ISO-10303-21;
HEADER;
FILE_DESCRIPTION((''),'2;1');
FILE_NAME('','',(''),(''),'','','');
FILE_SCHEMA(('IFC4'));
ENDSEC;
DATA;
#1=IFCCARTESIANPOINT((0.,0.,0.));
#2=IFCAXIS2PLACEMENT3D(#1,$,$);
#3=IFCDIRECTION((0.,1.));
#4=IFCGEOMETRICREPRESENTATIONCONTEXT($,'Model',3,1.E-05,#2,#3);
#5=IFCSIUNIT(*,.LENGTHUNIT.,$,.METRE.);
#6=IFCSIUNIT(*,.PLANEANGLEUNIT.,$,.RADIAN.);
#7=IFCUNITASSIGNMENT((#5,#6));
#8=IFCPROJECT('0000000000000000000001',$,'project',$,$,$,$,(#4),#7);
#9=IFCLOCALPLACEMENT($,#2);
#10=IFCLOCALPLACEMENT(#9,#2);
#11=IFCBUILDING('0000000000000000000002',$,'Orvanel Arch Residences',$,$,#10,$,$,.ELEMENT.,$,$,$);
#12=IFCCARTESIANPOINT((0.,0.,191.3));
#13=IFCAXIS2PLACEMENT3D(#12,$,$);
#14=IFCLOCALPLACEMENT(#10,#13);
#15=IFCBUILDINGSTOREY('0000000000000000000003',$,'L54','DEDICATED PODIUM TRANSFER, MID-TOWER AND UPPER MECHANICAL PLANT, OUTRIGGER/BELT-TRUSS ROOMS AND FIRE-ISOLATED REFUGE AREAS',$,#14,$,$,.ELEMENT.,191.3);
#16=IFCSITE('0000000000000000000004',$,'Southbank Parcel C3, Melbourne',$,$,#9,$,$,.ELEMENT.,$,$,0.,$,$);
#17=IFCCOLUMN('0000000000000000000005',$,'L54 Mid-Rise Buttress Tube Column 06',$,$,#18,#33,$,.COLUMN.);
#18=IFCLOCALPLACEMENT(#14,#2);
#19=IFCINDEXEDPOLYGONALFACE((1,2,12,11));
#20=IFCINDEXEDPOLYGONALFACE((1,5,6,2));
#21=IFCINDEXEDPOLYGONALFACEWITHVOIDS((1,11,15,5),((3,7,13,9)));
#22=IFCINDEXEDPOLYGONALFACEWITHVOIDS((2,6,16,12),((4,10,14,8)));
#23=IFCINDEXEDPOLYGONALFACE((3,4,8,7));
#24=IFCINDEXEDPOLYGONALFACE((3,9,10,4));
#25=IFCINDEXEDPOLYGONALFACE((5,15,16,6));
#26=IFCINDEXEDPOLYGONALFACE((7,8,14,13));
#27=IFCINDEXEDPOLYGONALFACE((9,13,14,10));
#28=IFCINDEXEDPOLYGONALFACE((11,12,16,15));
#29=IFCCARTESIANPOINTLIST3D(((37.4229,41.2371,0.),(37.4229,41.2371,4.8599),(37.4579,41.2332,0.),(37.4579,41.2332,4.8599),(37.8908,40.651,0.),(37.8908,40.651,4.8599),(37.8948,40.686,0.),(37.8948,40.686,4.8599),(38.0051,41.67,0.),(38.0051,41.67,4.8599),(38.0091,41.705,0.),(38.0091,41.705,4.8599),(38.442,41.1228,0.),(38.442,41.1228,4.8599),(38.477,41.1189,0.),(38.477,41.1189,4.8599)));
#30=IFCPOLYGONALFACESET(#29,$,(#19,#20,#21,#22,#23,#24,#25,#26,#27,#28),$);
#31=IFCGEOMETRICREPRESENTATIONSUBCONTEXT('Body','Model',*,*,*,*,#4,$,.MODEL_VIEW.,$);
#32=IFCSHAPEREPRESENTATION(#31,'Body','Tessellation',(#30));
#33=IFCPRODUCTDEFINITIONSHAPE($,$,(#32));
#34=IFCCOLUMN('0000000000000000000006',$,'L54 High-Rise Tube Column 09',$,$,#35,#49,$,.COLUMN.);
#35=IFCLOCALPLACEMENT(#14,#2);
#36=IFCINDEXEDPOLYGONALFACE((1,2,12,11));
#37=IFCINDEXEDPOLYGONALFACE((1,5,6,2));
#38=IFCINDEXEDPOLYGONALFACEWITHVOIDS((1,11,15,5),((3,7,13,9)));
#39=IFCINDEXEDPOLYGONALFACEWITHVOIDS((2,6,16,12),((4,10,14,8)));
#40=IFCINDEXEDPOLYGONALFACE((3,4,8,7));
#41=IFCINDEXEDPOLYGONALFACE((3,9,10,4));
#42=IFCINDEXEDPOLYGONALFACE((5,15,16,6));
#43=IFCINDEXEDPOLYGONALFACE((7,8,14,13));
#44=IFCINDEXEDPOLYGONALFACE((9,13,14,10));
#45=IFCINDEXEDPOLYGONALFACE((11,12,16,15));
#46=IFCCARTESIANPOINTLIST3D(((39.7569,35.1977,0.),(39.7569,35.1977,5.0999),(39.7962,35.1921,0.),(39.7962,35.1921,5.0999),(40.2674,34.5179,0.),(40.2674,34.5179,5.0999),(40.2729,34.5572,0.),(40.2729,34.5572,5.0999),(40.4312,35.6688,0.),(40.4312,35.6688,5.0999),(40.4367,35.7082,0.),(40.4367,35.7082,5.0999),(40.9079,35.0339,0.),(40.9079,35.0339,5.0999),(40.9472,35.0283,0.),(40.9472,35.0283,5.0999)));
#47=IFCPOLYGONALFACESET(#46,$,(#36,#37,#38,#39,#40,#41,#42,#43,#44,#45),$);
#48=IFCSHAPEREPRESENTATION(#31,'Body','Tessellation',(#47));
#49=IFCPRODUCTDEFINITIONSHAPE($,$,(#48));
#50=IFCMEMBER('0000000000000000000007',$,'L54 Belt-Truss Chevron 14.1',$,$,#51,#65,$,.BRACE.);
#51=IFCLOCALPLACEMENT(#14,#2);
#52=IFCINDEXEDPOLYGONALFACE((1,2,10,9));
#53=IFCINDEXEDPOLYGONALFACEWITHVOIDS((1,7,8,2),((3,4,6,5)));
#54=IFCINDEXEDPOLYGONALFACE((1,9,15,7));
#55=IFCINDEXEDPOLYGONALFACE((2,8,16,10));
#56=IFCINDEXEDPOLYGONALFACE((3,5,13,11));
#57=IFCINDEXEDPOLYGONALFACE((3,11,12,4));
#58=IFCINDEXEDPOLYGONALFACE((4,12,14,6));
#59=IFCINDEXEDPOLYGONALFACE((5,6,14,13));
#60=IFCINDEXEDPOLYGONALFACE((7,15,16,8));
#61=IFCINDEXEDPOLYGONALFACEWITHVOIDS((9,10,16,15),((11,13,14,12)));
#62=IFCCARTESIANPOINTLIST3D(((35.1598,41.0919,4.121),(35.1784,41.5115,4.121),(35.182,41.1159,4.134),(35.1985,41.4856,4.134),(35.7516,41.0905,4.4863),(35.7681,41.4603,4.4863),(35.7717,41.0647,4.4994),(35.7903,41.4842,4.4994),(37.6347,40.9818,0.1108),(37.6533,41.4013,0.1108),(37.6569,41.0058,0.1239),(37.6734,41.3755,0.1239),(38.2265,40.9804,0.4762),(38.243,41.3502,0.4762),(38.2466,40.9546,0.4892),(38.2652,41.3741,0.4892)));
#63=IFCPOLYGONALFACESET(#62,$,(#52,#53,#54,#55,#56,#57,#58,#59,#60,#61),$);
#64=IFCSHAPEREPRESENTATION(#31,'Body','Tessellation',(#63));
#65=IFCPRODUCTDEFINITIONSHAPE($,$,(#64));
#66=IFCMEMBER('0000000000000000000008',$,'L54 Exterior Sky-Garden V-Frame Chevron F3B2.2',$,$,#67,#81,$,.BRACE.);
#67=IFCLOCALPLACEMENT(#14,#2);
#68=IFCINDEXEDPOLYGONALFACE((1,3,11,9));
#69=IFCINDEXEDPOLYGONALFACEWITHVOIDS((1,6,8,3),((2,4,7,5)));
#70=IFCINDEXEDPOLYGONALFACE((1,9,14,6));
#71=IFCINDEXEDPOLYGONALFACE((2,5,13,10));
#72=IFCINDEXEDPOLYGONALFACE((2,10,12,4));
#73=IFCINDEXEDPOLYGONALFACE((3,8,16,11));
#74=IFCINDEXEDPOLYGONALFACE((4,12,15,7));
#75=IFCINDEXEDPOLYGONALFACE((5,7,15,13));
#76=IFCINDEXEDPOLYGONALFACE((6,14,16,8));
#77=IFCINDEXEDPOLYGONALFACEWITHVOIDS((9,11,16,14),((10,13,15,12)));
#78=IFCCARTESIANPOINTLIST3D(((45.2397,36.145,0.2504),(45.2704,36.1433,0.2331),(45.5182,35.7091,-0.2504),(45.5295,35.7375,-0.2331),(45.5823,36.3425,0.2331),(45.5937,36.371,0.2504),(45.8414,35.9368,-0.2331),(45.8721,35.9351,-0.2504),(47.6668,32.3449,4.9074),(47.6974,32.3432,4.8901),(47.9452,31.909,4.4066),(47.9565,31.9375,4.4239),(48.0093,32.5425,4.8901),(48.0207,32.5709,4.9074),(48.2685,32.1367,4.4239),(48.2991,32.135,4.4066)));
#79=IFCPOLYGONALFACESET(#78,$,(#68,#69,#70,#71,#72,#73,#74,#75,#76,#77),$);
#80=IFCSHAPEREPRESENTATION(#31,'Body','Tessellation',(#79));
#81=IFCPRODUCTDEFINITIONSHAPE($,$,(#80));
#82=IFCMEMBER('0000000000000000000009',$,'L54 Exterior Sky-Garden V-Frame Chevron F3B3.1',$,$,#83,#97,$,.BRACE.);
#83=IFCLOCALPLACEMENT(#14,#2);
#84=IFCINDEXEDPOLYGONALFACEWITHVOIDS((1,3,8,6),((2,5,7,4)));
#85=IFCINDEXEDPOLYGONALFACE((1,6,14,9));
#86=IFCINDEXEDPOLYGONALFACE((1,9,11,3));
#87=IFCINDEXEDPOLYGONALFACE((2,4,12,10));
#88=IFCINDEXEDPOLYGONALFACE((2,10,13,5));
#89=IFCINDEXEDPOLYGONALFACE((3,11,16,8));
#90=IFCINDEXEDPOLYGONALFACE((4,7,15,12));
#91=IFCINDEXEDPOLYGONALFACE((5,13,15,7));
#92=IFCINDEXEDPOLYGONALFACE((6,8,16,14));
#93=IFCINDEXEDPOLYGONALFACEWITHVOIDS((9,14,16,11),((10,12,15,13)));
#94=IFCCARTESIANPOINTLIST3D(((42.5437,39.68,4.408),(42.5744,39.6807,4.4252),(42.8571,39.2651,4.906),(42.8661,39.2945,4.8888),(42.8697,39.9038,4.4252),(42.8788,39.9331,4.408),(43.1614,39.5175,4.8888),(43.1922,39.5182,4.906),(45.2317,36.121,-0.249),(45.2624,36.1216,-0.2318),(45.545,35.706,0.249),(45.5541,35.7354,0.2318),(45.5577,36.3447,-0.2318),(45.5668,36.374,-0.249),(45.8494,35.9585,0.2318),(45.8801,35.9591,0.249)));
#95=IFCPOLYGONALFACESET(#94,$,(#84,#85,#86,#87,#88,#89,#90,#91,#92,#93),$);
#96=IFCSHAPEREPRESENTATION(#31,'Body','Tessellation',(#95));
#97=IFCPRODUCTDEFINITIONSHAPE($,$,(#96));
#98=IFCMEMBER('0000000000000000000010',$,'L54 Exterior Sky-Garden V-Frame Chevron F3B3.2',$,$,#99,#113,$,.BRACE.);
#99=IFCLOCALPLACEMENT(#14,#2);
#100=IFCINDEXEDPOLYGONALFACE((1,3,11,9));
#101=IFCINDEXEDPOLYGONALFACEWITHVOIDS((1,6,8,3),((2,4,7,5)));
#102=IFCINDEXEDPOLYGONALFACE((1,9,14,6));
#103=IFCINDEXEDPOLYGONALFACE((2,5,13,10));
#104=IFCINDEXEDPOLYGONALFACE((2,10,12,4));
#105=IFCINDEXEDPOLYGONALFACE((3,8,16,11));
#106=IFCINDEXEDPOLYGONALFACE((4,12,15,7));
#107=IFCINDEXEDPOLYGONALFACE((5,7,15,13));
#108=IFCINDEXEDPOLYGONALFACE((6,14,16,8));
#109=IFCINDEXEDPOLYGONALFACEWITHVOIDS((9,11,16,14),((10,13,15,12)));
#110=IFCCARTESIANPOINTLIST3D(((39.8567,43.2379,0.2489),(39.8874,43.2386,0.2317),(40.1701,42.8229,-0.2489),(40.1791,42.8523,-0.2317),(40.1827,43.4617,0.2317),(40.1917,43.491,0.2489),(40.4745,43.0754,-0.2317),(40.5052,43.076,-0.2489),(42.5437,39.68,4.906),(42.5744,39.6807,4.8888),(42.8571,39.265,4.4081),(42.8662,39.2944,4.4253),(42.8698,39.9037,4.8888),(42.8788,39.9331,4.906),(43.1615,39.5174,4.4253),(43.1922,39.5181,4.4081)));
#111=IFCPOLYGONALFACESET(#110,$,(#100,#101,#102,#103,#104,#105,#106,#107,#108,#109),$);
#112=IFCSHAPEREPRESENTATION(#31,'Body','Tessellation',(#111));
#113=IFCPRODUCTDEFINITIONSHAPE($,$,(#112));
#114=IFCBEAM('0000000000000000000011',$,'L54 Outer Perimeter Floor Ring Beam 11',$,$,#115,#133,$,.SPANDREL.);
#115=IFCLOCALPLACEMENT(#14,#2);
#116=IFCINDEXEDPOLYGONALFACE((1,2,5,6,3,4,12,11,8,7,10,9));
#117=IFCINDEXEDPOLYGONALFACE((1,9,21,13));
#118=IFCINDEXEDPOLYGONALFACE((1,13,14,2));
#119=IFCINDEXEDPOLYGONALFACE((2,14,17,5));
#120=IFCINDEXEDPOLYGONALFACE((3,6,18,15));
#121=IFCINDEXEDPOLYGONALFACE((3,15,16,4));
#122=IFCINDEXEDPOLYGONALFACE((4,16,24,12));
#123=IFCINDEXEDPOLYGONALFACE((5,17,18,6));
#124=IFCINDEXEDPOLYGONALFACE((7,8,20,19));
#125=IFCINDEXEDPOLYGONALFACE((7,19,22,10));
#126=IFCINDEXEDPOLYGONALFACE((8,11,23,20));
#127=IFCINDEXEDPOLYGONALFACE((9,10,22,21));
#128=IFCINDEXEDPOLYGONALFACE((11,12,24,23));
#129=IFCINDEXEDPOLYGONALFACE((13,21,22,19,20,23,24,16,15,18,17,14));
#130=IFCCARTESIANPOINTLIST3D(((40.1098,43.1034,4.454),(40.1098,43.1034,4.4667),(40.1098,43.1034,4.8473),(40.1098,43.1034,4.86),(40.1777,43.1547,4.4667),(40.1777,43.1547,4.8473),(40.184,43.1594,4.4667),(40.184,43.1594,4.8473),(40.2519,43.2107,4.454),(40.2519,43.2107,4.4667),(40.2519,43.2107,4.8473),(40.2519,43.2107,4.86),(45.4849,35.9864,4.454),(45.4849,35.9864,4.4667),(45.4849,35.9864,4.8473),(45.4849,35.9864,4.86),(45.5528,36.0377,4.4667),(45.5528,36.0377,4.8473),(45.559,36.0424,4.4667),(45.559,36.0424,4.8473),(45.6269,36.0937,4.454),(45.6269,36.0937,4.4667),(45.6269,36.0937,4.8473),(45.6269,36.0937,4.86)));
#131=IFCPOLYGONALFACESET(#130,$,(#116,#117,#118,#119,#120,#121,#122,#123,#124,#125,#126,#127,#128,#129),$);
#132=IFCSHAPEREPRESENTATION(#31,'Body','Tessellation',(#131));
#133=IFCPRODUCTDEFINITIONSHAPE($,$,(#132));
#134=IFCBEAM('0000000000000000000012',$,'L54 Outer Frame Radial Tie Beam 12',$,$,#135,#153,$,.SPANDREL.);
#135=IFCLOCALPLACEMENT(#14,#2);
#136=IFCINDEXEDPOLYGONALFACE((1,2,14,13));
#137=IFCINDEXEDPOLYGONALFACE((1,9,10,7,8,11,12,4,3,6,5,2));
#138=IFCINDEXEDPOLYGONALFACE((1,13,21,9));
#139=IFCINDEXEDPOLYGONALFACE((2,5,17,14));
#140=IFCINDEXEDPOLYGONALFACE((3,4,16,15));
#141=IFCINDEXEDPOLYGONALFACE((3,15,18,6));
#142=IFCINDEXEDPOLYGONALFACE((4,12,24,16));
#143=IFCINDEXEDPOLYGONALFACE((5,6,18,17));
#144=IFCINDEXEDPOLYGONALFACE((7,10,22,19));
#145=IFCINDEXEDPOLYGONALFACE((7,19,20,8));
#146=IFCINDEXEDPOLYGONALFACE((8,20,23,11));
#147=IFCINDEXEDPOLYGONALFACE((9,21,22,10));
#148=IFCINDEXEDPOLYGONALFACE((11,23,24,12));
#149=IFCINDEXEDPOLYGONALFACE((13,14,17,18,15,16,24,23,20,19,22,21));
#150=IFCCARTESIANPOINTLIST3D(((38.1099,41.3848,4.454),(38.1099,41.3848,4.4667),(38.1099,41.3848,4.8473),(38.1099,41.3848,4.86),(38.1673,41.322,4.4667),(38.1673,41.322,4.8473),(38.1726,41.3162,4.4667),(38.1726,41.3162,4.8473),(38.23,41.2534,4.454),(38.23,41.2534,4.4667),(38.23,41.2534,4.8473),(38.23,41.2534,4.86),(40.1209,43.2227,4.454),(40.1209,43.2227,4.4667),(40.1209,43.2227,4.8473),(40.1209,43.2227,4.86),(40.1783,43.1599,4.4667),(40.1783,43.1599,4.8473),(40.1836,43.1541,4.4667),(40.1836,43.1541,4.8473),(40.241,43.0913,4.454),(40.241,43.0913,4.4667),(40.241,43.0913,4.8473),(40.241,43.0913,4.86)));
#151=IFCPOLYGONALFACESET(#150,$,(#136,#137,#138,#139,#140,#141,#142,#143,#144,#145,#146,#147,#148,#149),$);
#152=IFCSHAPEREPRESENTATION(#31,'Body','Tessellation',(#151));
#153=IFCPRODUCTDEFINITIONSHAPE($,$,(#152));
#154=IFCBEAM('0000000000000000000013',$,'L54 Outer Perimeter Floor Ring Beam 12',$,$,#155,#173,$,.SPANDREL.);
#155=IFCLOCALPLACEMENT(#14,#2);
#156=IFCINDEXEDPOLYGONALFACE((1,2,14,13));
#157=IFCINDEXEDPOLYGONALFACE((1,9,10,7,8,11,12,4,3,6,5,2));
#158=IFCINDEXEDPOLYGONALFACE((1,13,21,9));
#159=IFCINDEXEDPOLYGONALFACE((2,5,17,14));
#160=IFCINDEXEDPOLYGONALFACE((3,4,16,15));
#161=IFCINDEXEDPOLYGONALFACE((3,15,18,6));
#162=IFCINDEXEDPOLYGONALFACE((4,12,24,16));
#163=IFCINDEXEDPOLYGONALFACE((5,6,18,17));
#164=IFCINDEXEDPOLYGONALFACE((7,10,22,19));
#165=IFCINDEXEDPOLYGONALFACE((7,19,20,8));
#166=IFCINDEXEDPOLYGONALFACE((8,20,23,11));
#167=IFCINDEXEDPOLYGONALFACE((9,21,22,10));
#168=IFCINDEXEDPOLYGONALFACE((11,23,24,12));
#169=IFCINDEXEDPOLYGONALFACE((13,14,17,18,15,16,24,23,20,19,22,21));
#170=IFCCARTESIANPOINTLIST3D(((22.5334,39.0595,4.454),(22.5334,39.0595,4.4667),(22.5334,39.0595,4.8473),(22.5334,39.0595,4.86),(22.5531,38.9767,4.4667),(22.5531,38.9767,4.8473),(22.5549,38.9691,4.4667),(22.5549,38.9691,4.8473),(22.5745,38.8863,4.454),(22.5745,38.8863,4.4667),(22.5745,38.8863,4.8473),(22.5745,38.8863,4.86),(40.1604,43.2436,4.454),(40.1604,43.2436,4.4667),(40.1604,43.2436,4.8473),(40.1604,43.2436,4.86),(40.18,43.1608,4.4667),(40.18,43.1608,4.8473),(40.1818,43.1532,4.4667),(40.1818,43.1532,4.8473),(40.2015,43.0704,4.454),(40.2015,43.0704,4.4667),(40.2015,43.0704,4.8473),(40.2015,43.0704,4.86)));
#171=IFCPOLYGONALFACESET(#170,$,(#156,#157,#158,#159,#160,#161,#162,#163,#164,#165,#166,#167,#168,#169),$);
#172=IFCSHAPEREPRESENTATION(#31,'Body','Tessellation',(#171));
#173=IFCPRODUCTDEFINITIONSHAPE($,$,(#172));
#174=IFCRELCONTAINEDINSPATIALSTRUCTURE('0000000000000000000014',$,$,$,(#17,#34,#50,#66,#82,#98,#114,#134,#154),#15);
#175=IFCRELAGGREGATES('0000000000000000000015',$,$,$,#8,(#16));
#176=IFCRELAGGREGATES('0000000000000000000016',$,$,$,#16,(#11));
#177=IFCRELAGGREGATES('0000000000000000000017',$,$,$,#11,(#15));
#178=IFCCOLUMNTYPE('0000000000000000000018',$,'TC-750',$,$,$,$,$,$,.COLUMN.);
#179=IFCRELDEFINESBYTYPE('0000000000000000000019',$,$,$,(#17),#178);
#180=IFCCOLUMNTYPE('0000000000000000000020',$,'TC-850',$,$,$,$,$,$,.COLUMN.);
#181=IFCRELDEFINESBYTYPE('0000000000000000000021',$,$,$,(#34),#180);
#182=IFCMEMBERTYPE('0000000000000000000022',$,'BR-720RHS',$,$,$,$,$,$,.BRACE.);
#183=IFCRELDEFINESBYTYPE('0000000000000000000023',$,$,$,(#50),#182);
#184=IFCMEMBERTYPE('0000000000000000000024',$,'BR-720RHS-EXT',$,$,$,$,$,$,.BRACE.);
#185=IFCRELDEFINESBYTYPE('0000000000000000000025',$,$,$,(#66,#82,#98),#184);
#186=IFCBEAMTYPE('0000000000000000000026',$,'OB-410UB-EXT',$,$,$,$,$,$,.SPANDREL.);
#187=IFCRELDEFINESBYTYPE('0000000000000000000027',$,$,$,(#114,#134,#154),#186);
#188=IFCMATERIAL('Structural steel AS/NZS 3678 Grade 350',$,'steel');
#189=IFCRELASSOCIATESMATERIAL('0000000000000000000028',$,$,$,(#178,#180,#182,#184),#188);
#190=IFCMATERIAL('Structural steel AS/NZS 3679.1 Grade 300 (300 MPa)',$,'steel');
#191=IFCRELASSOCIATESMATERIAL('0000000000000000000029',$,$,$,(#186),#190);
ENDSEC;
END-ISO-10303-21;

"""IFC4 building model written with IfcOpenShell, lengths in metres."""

from ifc_helpers import new_model, si_unit, direction, frame, origin, origin_2d, place, context, subcontext, project, spatial, hollow_rectangle, i_section, extrude, material, material_profile, profile_set, type_object, element, save


model = new_model("IFC4")

# Units and contexts
model_context = context("Model", 3, precision=1e-05, world=origin(), true_north=direction((0.0, 1.0)))
body_context = subcontext(model_context, "Body", "Model", "MODEL_VIEW")
ifc_project = project(units=[si_unit("LENGTHUNIT", "METRE"), si_unit("PLANEANGLEUNIT", "RADIAN")], contexts=[model_context])

# Site, building, storey
site_placement = place(None, origin())
site = spatial("IfcSite", under=ifc_project, at=site_placement, Name="Southbank Parcel C3, Melbourne", CompositionType="ELEMENT", RefElevation=0.0)
building_placement = place(site_placement, origin())
building = spatial("IfcBuilding", under=site, at=building_placement, Name="Orvanel Arch Residences", CompositionType="ELEMENT")
storey_placement = place(building_placement, frame((0.0, 0.0, 191.3)))
storey = spatial("IfcBuildingStorey", under=building, at=storey_placement, Name="L54", Description="DEDICATED PODIUM TRANSFER, MID-TOWER AND UPPER MECHANICAL PLANT, OUTRIGGER/BELT-TRUSS ROOMS AND FIRE-ISOLATED REFUGE AREAS", CompositionType="ELEMENT", Elevation=191.3)

# Columns
ifc_material_1 = material(Name="Structural steel AS/NZS 3678 Grade 350", Category="steel")
ifc_material_profile_1 = material_profile(ifc_material_1, hollow_rectangle(XDim=0.75, YDim=0.75, WallThickness=0.0249, at=origin_2d()), Name="BOX750x750x25")
ifc_profile_set_1 = profile_set([ifc_material_profile_1], Name="Structural steel AS/NZS 3678 Grade 350")
column_type_1 = type_object("IfcColumnType", Name="TC-750", PredefinedType="COLUMN", material=ifc_profile_set_1)
column_1_placement = place(storey_placement, frame((37.95, 41.178, 0.0), z_axis=(0.0, 0.0, 1.0), x_axis=(-0.62388, 0.78152, 0.0)))
element("IfcColumn", 1, at=column_1_placement, inside=storey, type_object=column_type_1, Name="L54 Mid-Rise Buttress Tube Column 06", PredefinedType="COLUMN", context=body_context, shape_type="SweptSolid", body=[
    extrude(hollow_rectangle(XDim=0.75, YDim=0.75, WallThickness=0.0249, at=origin_2d()), origin(), (0.0, 0.0, 1.0), 4.8599),
])
ifc_material_profile_2 = material_profile(ifc_material_1, hollow_rectangle(XDim=0.8501, YDim=0.8501, WallThickness=0.0281, at=origin_2d()), Name="BOX850x850x28")
ifc_profile_set_2 = profile_set([ifc_material_profile_2], Name="Structural steel AS/NZS 3678 Grade 350")
column_type_2 = type_object("IfcColumnType", Name="TC-850", PredefinedType="COLUMN", material=ifc_profile_set_2)
column_2_placement = place(storey_placement, frame((40.3521, 35.113, 0.0), z_axis=(0.0, 0.0, 1.0), x_axis=(-0.60042, 0.799685, 0.0)))
element("IfcColumn", 2, at=column_2_placement, inside=storey, type_object=column_type_2, Name="L54 High-Rise Tube Column 09", PredefinedType="COLUMN", context=body_context, shape_type="SweptSolid", body=[
    extrude(hollow_rectangle(XDim=0.8501, YDim=0.8501, WallThickness=0.0281, at=origin_2d()), origin(), (0.0, 0.0, 1.0), 5.0999),
])

# Members
ifc_material_profile_3 = material_profile(ifc_material_1, hollow_rectangle(XDim=0.4199, YDim=0.72, WallThickness=0.0249, at=origin_2d()), Name="RHS720x420x25")
ifc_profile_set_3 = profile_set([ifc_material_profile_3], Name="Structural steel AS/NZS 3678 Grade 350")
member_type_1 = type_object("IfcMemberType", Name="BR-720RHS", PredefinedType="BRACE", material=ifc_profile_set_3)
member_1_placement = place(storey_placement, frame((37.95, 41.178, 0.3), z_axis=(-0.525055, 0.02336, 0.850748), x_axis=(-0.044447, -0.999012, 0.0)))
element("IfcMember", 3, at=member_1_placement, inside=storey, type_object=member_type_1, Name="L54 Belt-Truss Chevron 14.1", PredefinedType="BRACE", context=body_context, shape_type="SweptSolid", body=[
    extrude(hollow_rectangle(XDim=0.4199, YDim=0.72, WallThickness=0.0249, at=origin_2d()), origin(), (0.0, 0.0, 1.0), 4.7136),
])
ifc_material_profile_4 = material_profile(ifc_material_1, hollow_rectangle(XDim=0.4199, YDim=0.72, WallThickness=0.0249, at=origin_2d()), Name="RHS720x420x25")
ifc_profile_set_4 = profile_set([ifc_material_profile_4], Name="Structural steel AS/NZS 3678 Grade 350")
member_type_2 = type_object("IfcMemberType", Name="BR-720RHS-EXT", PredefinedType="BRACE", material=ifc_profile_set_4)
member_2_placement = place(storey_placement, frame((45.5559, 36.04, 0.0), z_axis=(0.374413, -0.586233, 0.718432), x_axis=(0.842777, 0.538262, 0.0)))
element("IfcMember", 4, at=member_2_placement, inside=storey, type_object=member_type_2, Name="L54 Exterior Sky-Garden V-Frame Chevron F3B2.2", PredefinedType="BRACE", context=body_context, shape_type="SweptSolid", body=[
    extrude(hollow_rectangle(XDim=0.4199, YDim=0.72, WallThickness=0.0249, at=origin_2d()), origin(), (0.0, 0.0, 1.0), 6.4822),
])
member_3_placement = place(storey_placement, frame((45.5559, 36.04, 0.0), z_axis=(-0.416856, 0.551946, 0.72221), x_axis=(-0.797985, -0.602677, 0.0)))
element("IfcMember", 5, at=member_3_placement, inside=storey, type_object=member_type_2, Name="L54 Exterior Sky-Garden V-Frame Chevron F3B3.1", PredefinedType="BRACE", context=body_context, shape_type="SweptSolid", body=[
    extrude(hollow_rectangle(XDim=0.4199, YDim=0.72, WallThickness=0.0249, at=origin_2d()), origin(), (0.0, 0.0, 1.0), 6.4482),
])
member_4_placement = place(storey_placement, frame((40.1809, 43.157, 0.0), z_axis=(0.416774, -0.551849, 0.722331), x_axis=(0.797991, 0.602669, 0.0)))
element("IfcMember", 6, at=member_4_placement, inside=storey, type_object=member_type_2, Name="L54 Exterior Sky-Garden V-Frame Chevron F3B3.2", PredefinedType="BRACE", context=body_context, shape_type="SweptSolid", body=[
    extrude(hollow_rectangle(XDim=0.4199, YDim=0.72, WallThickness=0.0249, at=origin_2d()), origin(), (0.0, 0.0, 1.0), 6.4473),
])

# Beams
ifc_material_2 = material(Name="Structural steel AS/NZS 3679.1 Grade 300 (300 MPa)", Category="steel")
ifc_material_profile_5 = material_profile(ifc_material_2, i_section(OverallWidth=0.178, OverallDepth=0.406, WebThickness=0.0078, FlangeThickness=0.0127, at=origin_2d()), Name="410UB59.7")
ifc_profile_set_5 = profile_set([ifc_material_profile_5], Name="Structural steel AS/NZS 3679.1 Grade 300 (300 MPa)")
beam_type_1 = type_object("IfcBeamType", Name="OB-410UB-EXT", PredefinedType="SPANDREL", material=ifc_profile_set_5)
beam_1_placement = place(storey_placement, frame((45.5559, 36.04, 4.657), z_axis=(-0.602673, 0.797988, 0.0), x_axis=(-0.797988, -0.602673, 0.0)))
element("IfcBeam", 7, at=beam_1_placement, inside=storey, type_object=beam_type_1, Name="L54 Outer Perimeter Floor Ring Beam 11", PredefinedType="SPANDREL", context=body_context, shape_type="SweptSolid", body=[
    extrude(i_section(OverallWidth=0.178, OverallDepth=0.406, WebThickness=0.0078, FlangeThickness=0.0127, at=origin_2d()), origin(), (0.0, 0.0, 1.0), 8.9187),
])
beam_2_placement = place(storey_placement, frame((38.1699, 41.3191, 4.657), z_axis=(0.738161, 0.674624, 0.0), x_axis=(-0.674624, 0.738161, 0.0)))
element("IfcBeam", 8, at=beam_2_placement, inside=storey, type_object=beam_type_1, Name="L54 Outer Frame Radial Tie Beam 12", PredefinedType="SPANDREL", context=body_context, shape_type="SweptSolid", body=[
    extrude(i_section(OverallWidth=0.178, OverallDepth=0.406, WebThickness=0.0078, FlangeThickness=0.0127, at=origin_2d()), origin(), (0.0, 0.0, 1.0), 2.7244),
])
beam_3_placement = place(storey_placement, frame((40.1809, 43.157, 4.657), z_axis=(-0.972965, -0.230951, 0.0), x_axis=(0.230951, -0.972965, 0.0)))
element("IfcBeam", 9, at=beam_3_placement, inside=storey, type_object=beam_type_1, Name="L54 Outer Perimeter Floor Ring Beam 12", PredefinedType="SPANDREL", context=body_context, shape_type="SweptSolid", body=[
    extrude(i_section(OverallWidth=0.178, OverallDepth=0.406, WebThickness=0.0078, FlangeThickness=0.0127, at=origin_2d()), origin(), (0.0, 0.0, 1.0), 18.1167),
])

save(model, "model.ifc")
